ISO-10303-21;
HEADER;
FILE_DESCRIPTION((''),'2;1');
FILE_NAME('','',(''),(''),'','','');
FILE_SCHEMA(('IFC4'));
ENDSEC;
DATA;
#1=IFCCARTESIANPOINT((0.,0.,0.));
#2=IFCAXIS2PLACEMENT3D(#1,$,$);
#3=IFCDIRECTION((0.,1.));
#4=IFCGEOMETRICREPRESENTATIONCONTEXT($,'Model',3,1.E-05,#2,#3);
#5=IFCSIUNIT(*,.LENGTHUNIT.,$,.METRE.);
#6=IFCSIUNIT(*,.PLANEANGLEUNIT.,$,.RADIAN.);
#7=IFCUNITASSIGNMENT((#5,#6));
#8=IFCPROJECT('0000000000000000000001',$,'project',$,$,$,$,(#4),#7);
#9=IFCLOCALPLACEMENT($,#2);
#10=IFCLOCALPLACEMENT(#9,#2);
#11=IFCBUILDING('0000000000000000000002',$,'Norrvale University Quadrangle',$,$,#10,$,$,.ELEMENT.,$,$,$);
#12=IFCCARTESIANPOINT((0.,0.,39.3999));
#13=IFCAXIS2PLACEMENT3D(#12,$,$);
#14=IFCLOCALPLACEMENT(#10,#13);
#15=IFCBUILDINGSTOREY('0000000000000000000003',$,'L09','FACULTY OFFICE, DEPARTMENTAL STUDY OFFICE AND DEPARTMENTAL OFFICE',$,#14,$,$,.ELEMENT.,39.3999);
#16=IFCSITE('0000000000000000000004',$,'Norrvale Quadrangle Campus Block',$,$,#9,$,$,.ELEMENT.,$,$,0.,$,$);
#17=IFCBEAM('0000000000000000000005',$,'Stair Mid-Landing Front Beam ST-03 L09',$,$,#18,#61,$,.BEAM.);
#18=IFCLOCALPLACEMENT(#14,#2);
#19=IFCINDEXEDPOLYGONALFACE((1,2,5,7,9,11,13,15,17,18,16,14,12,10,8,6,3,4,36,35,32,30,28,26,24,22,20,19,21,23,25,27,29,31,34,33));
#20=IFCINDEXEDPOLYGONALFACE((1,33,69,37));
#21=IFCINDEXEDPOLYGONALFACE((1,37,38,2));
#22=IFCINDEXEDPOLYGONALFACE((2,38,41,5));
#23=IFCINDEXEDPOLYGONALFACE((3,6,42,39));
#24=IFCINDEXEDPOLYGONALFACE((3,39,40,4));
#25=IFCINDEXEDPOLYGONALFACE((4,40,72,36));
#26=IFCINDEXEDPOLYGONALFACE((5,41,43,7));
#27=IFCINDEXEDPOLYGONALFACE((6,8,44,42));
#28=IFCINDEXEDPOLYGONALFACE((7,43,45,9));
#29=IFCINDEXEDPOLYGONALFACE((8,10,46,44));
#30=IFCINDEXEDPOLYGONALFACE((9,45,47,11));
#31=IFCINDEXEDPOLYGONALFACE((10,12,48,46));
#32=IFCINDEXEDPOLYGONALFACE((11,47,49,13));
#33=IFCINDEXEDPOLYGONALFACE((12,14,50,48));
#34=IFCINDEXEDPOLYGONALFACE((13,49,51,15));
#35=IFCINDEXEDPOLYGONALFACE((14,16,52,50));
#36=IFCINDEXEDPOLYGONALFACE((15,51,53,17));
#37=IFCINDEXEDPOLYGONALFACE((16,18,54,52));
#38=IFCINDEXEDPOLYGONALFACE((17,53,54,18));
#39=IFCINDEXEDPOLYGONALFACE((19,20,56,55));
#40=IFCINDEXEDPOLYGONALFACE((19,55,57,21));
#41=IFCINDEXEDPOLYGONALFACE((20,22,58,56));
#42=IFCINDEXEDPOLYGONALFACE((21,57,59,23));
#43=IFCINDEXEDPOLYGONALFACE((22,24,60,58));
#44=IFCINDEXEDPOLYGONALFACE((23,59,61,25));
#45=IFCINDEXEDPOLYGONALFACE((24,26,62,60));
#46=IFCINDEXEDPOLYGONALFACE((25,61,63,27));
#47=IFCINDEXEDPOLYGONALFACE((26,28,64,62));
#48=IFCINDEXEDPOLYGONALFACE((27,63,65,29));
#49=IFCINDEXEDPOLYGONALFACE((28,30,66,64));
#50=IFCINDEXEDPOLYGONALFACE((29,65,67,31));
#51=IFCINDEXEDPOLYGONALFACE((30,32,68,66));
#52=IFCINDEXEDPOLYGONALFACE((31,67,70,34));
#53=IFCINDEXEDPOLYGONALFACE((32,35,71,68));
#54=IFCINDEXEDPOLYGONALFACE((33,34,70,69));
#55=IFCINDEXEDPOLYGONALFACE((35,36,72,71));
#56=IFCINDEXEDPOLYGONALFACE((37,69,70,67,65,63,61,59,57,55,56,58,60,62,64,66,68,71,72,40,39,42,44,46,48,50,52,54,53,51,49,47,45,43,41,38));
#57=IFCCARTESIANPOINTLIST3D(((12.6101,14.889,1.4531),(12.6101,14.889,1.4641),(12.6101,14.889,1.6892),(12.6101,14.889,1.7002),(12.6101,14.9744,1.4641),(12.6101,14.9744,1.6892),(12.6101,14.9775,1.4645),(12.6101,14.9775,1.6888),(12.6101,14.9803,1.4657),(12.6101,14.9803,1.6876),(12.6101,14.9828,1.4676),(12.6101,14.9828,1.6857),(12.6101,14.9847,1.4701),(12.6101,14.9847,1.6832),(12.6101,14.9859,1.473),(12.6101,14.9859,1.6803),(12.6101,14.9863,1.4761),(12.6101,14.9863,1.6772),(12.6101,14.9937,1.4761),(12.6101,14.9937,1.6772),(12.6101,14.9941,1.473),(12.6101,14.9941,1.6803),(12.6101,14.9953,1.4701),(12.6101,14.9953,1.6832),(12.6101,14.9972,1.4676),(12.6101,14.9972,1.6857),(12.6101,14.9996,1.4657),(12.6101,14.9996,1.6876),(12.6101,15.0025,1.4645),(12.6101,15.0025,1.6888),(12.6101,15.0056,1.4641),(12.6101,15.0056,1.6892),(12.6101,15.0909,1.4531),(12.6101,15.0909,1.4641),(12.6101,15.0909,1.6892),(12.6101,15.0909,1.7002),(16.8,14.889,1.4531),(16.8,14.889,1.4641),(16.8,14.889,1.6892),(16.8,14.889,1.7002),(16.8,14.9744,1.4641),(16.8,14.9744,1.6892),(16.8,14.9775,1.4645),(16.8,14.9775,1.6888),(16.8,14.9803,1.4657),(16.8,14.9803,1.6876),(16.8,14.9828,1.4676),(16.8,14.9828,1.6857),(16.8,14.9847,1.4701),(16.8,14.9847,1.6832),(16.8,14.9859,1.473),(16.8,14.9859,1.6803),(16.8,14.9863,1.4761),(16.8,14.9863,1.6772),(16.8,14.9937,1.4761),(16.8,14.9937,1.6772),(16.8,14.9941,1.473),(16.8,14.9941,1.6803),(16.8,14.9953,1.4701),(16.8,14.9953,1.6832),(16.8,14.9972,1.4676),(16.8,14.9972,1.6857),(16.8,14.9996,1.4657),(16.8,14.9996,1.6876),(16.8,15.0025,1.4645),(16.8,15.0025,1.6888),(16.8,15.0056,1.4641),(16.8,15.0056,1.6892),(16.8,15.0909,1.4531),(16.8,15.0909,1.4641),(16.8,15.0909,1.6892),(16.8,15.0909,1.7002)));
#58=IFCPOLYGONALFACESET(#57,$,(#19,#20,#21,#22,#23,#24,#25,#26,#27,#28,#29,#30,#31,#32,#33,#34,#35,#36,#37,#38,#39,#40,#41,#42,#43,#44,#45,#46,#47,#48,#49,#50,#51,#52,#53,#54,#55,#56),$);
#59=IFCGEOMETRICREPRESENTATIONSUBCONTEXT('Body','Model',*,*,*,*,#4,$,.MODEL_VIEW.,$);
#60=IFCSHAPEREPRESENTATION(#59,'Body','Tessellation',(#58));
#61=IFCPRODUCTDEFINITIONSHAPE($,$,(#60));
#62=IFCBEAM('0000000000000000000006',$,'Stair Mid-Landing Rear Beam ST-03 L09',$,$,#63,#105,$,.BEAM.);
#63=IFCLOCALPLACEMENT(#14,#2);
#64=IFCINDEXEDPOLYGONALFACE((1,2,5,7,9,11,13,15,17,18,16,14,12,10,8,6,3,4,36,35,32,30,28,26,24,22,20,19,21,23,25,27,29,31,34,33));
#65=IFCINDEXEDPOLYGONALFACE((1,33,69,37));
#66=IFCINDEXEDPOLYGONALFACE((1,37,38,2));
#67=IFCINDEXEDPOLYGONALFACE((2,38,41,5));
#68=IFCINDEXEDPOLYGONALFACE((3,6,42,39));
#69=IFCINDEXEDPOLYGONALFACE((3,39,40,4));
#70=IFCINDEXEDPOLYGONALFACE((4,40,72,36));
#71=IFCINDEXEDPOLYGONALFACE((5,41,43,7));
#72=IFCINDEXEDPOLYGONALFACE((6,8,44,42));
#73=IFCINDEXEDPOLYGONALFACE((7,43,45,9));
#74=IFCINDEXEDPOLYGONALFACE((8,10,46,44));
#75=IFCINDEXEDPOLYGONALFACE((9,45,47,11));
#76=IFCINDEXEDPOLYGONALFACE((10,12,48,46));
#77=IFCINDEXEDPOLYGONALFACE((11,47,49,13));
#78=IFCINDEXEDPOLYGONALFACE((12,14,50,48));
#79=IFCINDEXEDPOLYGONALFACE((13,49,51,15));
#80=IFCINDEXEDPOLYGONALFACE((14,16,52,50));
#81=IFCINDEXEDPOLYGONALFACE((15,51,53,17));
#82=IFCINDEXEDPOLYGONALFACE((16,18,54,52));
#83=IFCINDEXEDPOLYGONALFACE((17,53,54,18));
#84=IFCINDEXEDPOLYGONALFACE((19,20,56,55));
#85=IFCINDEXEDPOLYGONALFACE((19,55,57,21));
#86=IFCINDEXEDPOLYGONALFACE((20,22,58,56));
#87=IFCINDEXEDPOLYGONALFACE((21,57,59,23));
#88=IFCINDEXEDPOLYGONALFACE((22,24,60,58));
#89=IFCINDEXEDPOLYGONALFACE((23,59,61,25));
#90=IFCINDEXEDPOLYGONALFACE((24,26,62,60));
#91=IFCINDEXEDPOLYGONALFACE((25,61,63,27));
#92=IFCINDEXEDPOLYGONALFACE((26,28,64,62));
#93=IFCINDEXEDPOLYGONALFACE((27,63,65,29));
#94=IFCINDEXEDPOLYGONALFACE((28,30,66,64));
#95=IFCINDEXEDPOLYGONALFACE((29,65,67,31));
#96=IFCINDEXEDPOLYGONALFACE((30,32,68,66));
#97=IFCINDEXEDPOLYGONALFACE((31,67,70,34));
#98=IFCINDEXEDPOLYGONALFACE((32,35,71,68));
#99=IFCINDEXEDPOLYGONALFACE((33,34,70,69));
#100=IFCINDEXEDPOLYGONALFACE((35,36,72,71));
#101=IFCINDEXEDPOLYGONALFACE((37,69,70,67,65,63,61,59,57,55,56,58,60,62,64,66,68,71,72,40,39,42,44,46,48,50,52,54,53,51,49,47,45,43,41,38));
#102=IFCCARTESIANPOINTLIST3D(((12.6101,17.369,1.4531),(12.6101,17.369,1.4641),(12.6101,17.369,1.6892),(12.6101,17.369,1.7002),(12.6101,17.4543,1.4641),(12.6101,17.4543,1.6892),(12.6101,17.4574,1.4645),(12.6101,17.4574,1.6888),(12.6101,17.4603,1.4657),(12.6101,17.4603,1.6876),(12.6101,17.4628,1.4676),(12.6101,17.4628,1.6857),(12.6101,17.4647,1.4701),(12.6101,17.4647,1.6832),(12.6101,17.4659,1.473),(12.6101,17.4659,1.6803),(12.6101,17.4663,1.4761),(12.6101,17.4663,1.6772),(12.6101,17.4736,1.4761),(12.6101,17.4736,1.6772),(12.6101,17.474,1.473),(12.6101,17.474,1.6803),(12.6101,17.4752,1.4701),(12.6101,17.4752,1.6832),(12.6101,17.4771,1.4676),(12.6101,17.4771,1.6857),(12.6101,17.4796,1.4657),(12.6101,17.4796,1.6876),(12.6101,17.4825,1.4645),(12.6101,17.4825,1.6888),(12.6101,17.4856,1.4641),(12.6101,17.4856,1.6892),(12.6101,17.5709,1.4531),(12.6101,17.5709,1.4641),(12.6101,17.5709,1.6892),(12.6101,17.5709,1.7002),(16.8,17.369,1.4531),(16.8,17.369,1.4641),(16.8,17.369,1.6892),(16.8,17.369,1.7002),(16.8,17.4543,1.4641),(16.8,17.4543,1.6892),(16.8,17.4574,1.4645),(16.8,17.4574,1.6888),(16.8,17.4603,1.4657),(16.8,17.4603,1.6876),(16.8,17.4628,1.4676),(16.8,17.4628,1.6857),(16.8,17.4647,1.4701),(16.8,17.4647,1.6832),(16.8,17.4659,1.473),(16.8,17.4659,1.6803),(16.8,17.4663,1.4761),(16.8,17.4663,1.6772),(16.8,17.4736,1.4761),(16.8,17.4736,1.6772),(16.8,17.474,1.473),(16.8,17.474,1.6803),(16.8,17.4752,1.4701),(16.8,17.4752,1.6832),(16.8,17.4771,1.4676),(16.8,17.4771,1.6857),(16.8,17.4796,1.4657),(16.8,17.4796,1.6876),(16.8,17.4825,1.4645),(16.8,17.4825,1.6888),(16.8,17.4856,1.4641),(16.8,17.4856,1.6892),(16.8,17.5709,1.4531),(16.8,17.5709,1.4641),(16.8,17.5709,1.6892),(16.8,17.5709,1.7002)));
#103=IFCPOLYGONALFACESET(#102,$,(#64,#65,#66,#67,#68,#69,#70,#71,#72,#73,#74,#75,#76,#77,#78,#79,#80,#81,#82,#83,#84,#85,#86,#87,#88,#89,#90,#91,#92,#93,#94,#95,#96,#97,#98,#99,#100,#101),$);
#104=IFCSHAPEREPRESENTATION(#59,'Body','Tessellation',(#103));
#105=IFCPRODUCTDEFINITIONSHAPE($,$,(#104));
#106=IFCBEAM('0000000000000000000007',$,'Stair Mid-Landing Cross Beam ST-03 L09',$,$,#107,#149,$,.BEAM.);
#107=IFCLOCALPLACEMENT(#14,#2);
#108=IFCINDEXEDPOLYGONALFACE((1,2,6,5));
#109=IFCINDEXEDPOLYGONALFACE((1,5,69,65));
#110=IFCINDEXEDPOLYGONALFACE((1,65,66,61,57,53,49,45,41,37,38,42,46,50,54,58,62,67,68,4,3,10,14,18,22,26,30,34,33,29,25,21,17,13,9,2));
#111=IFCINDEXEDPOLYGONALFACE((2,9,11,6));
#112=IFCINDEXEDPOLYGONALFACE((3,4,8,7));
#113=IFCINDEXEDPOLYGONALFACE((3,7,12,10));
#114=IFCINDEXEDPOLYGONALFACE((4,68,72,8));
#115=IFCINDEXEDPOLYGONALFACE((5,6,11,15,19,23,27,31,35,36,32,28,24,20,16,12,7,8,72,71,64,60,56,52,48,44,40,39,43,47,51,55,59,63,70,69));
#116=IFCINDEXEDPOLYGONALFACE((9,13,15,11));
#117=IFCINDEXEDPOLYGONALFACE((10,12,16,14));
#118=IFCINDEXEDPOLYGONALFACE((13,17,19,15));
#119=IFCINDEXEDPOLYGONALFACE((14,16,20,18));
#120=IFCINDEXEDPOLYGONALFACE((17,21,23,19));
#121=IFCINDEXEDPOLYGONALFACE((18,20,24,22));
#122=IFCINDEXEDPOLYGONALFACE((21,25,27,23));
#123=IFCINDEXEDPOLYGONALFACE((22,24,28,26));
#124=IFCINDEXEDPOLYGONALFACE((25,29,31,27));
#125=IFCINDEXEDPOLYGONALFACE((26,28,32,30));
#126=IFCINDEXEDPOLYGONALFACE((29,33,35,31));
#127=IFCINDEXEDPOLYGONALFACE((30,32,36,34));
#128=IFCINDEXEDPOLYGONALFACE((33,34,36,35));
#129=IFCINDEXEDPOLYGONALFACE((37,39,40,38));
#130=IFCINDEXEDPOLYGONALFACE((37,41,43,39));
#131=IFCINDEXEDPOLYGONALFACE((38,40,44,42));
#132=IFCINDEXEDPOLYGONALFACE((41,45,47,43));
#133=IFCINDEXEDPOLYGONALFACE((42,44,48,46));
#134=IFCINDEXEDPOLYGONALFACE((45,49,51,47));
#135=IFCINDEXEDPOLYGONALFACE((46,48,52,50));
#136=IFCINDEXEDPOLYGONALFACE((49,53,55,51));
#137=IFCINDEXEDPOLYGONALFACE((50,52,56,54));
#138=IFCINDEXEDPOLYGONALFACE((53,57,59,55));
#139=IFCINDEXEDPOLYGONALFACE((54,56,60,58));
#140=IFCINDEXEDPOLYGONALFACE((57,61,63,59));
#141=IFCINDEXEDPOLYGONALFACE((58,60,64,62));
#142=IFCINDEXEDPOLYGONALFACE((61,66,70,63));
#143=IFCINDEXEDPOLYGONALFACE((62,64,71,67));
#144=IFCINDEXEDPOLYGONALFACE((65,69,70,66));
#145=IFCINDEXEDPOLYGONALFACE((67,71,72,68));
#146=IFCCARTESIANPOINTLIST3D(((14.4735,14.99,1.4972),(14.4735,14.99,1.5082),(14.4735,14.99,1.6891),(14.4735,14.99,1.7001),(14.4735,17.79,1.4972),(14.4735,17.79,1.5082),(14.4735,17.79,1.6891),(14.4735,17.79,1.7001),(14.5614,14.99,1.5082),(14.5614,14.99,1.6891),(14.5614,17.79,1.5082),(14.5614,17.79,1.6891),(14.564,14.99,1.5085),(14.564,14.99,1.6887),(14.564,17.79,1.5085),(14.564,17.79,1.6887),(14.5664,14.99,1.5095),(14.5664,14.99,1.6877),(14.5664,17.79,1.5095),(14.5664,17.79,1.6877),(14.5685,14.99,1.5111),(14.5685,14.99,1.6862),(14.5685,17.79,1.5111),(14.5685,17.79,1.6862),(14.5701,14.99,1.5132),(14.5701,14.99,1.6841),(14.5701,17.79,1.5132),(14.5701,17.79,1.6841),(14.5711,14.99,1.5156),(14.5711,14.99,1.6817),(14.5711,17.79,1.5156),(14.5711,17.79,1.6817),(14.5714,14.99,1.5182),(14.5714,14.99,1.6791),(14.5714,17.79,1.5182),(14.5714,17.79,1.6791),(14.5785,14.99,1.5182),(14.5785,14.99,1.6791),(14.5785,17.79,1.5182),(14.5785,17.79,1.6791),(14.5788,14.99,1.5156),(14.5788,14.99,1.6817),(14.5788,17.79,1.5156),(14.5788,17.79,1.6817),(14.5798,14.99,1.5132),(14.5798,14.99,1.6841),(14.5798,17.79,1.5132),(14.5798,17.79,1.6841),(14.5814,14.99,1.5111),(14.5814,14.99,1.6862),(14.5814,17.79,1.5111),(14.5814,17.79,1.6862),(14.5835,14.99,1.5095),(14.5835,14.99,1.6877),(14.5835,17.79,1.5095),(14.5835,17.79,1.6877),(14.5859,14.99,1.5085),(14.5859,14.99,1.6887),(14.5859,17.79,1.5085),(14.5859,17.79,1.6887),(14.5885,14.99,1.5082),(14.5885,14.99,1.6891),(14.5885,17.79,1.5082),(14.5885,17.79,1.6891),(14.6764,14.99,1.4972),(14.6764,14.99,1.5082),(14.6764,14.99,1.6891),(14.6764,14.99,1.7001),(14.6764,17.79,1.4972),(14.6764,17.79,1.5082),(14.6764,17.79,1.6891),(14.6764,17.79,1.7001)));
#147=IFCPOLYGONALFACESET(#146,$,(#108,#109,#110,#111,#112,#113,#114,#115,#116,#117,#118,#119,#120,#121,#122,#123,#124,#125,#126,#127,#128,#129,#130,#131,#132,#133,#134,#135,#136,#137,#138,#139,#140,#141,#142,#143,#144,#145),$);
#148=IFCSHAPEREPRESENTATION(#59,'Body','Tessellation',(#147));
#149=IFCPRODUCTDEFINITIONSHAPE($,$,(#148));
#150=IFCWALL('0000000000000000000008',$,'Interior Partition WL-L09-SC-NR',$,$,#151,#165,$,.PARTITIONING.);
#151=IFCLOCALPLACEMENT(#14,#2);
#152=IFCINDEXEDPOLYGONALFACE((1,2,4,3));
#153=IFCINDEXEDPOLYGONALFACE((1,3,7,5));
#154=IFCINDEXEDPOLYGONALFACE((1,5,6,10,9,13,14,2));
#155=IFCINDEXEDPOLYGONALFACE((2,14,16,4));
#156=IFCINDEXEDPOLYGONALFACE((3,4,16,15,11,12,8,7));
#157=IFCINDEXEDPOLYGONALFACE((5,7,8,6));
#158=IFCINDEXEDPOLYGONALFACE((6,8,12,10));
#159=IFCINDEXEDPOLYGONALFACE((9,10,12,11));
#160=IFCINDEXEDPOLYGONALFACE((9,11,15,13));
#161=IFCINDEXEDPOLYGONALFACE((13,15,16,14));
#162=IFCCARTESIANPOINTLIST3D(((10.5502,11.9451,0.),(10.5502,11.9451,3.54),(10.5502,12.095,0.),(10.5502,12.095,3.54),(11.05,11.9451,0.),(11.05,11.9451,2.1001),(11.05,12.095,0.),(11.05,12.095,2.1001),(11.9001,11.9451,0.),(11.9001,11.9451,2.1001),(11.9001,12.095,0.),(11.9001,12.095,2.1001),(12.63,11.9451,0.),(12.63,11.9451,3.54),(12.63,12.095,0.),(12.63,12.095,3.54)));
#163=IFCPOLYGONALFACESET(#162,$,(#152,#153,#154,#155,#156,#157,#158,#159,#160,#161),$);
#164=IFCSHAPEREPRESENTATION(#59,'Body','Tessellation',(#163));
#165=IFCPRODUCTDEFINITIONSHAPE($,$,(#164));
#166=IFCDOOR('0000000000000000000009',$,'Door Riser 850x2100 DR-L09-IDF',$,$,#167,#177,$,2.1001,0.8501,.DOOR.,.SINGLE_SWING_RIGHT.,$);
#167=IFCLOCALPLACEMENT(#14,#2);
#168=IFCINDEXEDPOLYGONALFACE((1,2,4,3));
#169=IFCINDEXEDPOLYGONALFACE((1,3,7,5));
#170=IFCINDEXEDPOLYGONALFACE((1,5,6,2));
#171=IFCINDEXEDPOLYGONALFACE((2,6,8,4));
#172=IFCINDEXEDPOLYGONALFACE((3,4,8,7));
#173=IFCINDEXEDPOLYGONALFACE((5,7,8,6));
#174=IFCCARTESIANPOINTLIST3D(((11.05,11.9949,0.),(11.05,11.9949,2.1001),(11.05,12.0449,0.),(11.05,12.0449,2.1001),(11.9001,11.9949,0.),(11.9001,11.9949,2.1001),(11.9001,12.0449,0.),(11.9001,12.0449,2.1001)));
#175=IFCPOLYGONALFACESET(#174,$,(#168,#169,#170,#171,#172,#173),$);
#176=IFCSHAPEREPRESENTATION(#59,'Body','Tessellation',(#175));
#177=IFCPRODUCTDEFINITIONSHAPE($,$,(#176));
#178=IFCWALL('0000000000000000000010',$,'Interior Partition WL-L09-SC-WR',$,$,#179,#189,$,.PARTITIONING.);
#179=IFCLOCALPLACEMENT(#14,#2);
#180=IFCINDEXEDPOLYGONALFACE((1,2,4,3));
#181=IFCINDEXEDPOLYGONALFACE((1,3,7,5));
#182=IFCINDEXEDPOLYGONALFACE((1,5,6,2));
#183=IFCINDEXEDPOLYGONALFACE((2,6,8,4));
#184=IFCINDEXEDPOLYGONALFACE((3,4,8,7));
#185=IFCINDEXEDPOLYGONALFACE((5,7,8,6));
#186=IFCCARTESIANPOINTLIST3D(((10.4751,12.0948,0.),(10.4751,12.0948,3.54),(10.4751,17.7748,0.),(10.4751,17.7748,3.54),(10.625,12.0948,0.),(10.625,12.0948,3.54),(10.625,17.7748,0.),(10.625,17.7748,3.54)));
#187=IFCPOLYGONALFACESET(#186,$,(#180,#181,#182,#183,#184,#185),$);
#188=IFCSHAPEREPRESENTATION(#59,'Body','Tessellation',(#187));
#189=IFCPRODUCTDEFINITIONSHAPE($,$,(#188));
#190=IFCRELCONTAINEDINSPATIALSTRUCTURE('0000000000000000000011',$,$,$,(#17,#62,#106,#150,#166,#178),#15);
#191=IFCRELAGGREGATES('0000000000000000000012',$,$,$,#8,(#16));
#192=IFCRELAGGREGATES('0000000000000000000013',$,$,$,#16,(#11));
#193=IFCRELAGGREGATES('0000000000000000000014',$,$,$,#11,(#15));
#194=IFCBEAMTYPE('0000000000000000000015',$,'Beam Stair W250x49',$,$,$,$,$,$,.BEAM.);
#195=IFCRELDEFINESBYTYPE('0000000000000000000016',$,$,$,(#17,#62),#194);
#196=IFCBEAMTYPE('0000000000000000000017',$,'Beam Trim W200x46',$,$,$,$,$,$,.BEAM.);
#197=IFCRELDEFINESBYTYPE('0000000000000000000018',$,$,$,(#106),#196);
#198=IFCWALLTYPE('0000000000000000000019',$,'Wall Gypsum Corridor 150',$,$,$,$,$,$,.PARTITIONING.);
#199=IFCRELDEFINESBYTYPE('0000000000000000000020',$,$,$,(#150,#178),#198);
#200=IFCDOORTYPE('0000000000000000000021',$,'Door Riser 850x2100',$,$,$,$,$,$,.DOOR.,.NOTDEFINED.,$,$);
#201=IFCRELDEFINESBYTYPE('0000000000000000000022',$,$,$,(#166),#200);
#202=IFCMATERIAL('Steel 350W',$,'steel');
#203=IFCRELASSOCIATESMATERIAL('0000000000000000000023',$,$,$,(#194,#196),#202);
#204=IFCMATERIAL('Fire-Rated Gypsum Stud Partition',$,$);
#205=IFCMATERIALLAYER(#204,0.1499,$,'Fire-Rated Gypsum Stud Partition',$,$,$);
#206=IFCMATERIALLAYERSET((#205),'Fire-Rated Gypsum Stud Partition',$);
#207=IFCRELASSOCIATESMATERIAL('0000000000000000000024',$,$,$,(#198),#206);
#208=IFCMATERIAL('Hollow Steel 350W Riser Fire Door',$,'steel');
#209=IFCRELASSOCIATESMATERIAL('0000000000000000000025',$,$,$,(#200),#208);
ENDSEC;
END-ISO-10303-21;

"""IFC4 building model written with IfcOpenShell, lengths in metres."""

from ifc_helpers import new_model, si_unit, direction, frame, frame_2d, origin, origin_2d, place, context, subcontext, project, spatial, rectangle, i_section, extrude, material, layer, layer_set, material_profile, profile_set, type_object, element, fill, save


model = new_model("IFC4")

# Units and contexts
model_context = context("Model", 3, precision=1e-05, world=origin(), true_north=direction((0.0, 1.0)))
body_context = subcontext(model_context, "Body", "Model", "MODEL_VIEW")
ifc_project = project(units=[si_unit("LENGTHUNIT", "METRE"), si_unit("PLANEANGLEUNIT", "RADIAN")], contexts=[model_context])

# Site, building, storey
site_placement = place(None, origin())
site = spatial("IfcSite", under=ifc_project, at=site_placement, Name="Norrvale Quadrangle Campus Block", CompositionType="ELEMENT", RefElevation=0.0)
building_placement = place(site_placement, origin())
building = spatial("IfcBuilding", under=site, at=building_placement, Name="Norrvale University Quadrangle", CompositionType="ELEMENT")
storey_placement = place(building_placement, frame((0.0, 0.0, 39.3999)))
storey = spatial("IfcBuildingStorey", under=building, at=storey_placement, Name="L09", Description="FACULTY OFFICE, DEPARTMENTAL STUDY OFFICE AND DEPARTMENTAL OFFICE", CompositionType="ELEMENT", Elevation=39.3999)

# Beams
ifc_material_1 = material(Name="Steel 350W", Category="steel")
ifc_material_profile_1 = material_profile(ifc_material_1, i_section(OverallWidth=0.2019, OverallDepth=0.2471, WebThickness=0.0073, FlangeThickness=0.011, FilletRadius=0.012, at=origin_2d()), Name="Steel 350W")
ifc_profile_set_1 = profile_set([ifc_material_profile_1], Name="Steel 350W")
beam_type_1 = type_object("IfcBeamType", Name="Beam Stair W250x49", PredefinedType="BEAM", material=ifc_profile_set_1)
for number, where, z_axis, x_axis, name in (
    (1, (12.6101, 14.99, 1.5767), (1.0, 0.0, 0.0), (0.0, 1.0, 0.0), "Stair Mid-Landing Front Beam ST-03 L09"),
    (2, (12.6101, 17.47, 1.5767), (1.0, 0.0, 0.0), (0.0, 1.0, 0.0), "Stair Mid-Landing Rear Beam ST-03 L09"),
):
    element("IfcBeam", number, at=place(storey_placement, frame(where, z_axis=z_axis, x_axis=x_axis)), inside=storey, type_object=beam_type_1, Name=name, PredefinedType="BEAM", context=body_context, shape_type="SweptSolid", body=[
        extrude(i_section(OverallWidth=0.2019, OverallDepth=0.2471, WebThickness=0.0073, FlangeThickness=0.011, FilletRadius=0.012, at=origin_2d()), origin(), (0.0, 0.0, 1.0), 4.1899),
    ])
ifc_material_profile_2 = material_profile(ifc_material_1, i_section(OverallWidth=0.2029, OverallDepth=0.2029, WebThickness=0.0071, FlangeThickness=0.011, FilletRadius=0.01, at=origin_2d()), Name="Steel 350W")
ifc_profile_set_2 = profile_set([ifc_material_profile_2], Name="Steel 350W")
beam_type_2 = type_object("IfcBeamType", Name="Beam Trim W200x46", PredefinedType="BEAM", material=ifc_profile_set_2)
beam_placement = place(storey_placement, frame((14.575, 14.99, 1.5986), z_axis=(0.0, 1.0, 0.0), x_axis=(-1.0, 0.0, 0.0)))
element("IfcBeam", 3, at=beam_placement, inside=storey, type_object=beam_type_2, Name="Stair Mid-Landing Cross Beam ST-03 L09", PredefinedType="BEAM", context=body_context, shape_type="SweptSolid", body=[
    extrude(i_section(OverallWidth=0.2029, OverallDepth=0.2029, WebThickness=0.0071, FlangeThickness=0.011, FilletRadius=0.01, at=origin_2d()), origin(), (0.0, 0.0, 1.0), 2.8),
])

# Wall, opening, door
ifc_material_2 = material(Name="Fire-Rated Gypsum Stud Partition")
ifc_layer_1 = layer(ifc_material_2, 0.1499, Name="Fire-Rated Gypsum Stud Partition")
ifc_layer_set_1 = layer_set([ifc_layer_1], Name="Fire-Rated Gypsum Stud Partition")
wall_type_1 = type_object("IfcWallType", Name="Wall Gypsum Corridor 150", PredefinedType="PARTITIONING", material=ifc_layer_set_1)
wall_1_placement = place(storey_placement, frame((10.55, 12.02, 0.0), z_axis=(0.0, 0.0, 1.0), x_axis=(1.0, 0.0, 0.0)))
wall_1 = element("IfcWall", 4, at=wall_1_placement, inside=storey, type_object=wall_type_1, Name="Interior Partition WL-L09-SC-NR", PredefinedType="PARTITIONING", context=body_context, shape_type="SweptSolid", body=[
    extrude(rectangle(XDim=2.0798, YDim=0.1499, at=frame_2d((1.04, 0.0))), origin(), (0.0, 0.0, 1.0), 3.54),
])
opening_1_placement = place(wall_1_placement, frame((0.5, 0.0, 0.0)))
opening_1 = element("IfcOpeningElement", 5, at=opening_1_placement, cuts=wall_1, PredefinedType="OPENING", context=body_context, shape_type="SweptSolid", body=[
    extrude(rectangle(XDim=0.8501, YDim=2.1001, at=frame_2d((0.425, 1.05))), frame((0.0, 0.0869, 0.0), z_axis=(0.0, -1.0, 0.0), x_axis=(1.0, 0.0, 0.0)), (0.0, 0.0, 1.0), 0.1738),
])
ifc_material_3 = material(Name="Hollow Steel 350W Riser Fire Door", Category="steel")
door_type_1 = type_object("IfcDoorType", Name="Door Riser 850x2100", OperationType="NOTDEFINED", PredefinedType="DOOR", material=ifc_material_3)
door_1_placement = place(opening_1_placement, origin())
door_1 = element("IfcDoor", 6, at=door_1_placement, inside=storey, type_object=door_type_1, Name="Door Riser 850x2100 DR-L09-IDF", OperationType="SINGLE_SWING_RIGHT", OverallHeight=2.1001, OverallWidth=0.8501, PredefinedType="DOOR", context=body_context, shape_type="SweptSolid", body=[
    extrude(rectangle(XDim=0.8501, YDim=2.1001, at=frame_2d((0.425, 1.05))), frame((0.0, 0.0249, 0.0), z_axis=(0.0, -1.0, 0.0), x_axis=(1.0, 0.0, 0.0)), (0.0, 0.0, 1.0), 0.05),
])
fill(opening_1, door_1)

# Wall
wall_2_placement = place(storey_placement, frame((10.55, 12.095, 0.0), z_axis=(0.0, 0.0, 1.0), x_axis=(0.0, 1.0, 0.0)))
element("IfcWall", 7, at=wall_2_placement, inside=storey, type_object=wall_type_1, Name="Interior Partition WL-L09-SC-WR", PredefinedType="PARTITIONING", context=body_context, shape_type="SweptSolid", body=[
    extrude(rectangle(XDim=5.6799, YDim=0.1499, at=frame_2d((2.8398, 0.0))), origin(), (0.0, 0.0, 1.0), 3.54),
])

save(model, "model.ifc")
